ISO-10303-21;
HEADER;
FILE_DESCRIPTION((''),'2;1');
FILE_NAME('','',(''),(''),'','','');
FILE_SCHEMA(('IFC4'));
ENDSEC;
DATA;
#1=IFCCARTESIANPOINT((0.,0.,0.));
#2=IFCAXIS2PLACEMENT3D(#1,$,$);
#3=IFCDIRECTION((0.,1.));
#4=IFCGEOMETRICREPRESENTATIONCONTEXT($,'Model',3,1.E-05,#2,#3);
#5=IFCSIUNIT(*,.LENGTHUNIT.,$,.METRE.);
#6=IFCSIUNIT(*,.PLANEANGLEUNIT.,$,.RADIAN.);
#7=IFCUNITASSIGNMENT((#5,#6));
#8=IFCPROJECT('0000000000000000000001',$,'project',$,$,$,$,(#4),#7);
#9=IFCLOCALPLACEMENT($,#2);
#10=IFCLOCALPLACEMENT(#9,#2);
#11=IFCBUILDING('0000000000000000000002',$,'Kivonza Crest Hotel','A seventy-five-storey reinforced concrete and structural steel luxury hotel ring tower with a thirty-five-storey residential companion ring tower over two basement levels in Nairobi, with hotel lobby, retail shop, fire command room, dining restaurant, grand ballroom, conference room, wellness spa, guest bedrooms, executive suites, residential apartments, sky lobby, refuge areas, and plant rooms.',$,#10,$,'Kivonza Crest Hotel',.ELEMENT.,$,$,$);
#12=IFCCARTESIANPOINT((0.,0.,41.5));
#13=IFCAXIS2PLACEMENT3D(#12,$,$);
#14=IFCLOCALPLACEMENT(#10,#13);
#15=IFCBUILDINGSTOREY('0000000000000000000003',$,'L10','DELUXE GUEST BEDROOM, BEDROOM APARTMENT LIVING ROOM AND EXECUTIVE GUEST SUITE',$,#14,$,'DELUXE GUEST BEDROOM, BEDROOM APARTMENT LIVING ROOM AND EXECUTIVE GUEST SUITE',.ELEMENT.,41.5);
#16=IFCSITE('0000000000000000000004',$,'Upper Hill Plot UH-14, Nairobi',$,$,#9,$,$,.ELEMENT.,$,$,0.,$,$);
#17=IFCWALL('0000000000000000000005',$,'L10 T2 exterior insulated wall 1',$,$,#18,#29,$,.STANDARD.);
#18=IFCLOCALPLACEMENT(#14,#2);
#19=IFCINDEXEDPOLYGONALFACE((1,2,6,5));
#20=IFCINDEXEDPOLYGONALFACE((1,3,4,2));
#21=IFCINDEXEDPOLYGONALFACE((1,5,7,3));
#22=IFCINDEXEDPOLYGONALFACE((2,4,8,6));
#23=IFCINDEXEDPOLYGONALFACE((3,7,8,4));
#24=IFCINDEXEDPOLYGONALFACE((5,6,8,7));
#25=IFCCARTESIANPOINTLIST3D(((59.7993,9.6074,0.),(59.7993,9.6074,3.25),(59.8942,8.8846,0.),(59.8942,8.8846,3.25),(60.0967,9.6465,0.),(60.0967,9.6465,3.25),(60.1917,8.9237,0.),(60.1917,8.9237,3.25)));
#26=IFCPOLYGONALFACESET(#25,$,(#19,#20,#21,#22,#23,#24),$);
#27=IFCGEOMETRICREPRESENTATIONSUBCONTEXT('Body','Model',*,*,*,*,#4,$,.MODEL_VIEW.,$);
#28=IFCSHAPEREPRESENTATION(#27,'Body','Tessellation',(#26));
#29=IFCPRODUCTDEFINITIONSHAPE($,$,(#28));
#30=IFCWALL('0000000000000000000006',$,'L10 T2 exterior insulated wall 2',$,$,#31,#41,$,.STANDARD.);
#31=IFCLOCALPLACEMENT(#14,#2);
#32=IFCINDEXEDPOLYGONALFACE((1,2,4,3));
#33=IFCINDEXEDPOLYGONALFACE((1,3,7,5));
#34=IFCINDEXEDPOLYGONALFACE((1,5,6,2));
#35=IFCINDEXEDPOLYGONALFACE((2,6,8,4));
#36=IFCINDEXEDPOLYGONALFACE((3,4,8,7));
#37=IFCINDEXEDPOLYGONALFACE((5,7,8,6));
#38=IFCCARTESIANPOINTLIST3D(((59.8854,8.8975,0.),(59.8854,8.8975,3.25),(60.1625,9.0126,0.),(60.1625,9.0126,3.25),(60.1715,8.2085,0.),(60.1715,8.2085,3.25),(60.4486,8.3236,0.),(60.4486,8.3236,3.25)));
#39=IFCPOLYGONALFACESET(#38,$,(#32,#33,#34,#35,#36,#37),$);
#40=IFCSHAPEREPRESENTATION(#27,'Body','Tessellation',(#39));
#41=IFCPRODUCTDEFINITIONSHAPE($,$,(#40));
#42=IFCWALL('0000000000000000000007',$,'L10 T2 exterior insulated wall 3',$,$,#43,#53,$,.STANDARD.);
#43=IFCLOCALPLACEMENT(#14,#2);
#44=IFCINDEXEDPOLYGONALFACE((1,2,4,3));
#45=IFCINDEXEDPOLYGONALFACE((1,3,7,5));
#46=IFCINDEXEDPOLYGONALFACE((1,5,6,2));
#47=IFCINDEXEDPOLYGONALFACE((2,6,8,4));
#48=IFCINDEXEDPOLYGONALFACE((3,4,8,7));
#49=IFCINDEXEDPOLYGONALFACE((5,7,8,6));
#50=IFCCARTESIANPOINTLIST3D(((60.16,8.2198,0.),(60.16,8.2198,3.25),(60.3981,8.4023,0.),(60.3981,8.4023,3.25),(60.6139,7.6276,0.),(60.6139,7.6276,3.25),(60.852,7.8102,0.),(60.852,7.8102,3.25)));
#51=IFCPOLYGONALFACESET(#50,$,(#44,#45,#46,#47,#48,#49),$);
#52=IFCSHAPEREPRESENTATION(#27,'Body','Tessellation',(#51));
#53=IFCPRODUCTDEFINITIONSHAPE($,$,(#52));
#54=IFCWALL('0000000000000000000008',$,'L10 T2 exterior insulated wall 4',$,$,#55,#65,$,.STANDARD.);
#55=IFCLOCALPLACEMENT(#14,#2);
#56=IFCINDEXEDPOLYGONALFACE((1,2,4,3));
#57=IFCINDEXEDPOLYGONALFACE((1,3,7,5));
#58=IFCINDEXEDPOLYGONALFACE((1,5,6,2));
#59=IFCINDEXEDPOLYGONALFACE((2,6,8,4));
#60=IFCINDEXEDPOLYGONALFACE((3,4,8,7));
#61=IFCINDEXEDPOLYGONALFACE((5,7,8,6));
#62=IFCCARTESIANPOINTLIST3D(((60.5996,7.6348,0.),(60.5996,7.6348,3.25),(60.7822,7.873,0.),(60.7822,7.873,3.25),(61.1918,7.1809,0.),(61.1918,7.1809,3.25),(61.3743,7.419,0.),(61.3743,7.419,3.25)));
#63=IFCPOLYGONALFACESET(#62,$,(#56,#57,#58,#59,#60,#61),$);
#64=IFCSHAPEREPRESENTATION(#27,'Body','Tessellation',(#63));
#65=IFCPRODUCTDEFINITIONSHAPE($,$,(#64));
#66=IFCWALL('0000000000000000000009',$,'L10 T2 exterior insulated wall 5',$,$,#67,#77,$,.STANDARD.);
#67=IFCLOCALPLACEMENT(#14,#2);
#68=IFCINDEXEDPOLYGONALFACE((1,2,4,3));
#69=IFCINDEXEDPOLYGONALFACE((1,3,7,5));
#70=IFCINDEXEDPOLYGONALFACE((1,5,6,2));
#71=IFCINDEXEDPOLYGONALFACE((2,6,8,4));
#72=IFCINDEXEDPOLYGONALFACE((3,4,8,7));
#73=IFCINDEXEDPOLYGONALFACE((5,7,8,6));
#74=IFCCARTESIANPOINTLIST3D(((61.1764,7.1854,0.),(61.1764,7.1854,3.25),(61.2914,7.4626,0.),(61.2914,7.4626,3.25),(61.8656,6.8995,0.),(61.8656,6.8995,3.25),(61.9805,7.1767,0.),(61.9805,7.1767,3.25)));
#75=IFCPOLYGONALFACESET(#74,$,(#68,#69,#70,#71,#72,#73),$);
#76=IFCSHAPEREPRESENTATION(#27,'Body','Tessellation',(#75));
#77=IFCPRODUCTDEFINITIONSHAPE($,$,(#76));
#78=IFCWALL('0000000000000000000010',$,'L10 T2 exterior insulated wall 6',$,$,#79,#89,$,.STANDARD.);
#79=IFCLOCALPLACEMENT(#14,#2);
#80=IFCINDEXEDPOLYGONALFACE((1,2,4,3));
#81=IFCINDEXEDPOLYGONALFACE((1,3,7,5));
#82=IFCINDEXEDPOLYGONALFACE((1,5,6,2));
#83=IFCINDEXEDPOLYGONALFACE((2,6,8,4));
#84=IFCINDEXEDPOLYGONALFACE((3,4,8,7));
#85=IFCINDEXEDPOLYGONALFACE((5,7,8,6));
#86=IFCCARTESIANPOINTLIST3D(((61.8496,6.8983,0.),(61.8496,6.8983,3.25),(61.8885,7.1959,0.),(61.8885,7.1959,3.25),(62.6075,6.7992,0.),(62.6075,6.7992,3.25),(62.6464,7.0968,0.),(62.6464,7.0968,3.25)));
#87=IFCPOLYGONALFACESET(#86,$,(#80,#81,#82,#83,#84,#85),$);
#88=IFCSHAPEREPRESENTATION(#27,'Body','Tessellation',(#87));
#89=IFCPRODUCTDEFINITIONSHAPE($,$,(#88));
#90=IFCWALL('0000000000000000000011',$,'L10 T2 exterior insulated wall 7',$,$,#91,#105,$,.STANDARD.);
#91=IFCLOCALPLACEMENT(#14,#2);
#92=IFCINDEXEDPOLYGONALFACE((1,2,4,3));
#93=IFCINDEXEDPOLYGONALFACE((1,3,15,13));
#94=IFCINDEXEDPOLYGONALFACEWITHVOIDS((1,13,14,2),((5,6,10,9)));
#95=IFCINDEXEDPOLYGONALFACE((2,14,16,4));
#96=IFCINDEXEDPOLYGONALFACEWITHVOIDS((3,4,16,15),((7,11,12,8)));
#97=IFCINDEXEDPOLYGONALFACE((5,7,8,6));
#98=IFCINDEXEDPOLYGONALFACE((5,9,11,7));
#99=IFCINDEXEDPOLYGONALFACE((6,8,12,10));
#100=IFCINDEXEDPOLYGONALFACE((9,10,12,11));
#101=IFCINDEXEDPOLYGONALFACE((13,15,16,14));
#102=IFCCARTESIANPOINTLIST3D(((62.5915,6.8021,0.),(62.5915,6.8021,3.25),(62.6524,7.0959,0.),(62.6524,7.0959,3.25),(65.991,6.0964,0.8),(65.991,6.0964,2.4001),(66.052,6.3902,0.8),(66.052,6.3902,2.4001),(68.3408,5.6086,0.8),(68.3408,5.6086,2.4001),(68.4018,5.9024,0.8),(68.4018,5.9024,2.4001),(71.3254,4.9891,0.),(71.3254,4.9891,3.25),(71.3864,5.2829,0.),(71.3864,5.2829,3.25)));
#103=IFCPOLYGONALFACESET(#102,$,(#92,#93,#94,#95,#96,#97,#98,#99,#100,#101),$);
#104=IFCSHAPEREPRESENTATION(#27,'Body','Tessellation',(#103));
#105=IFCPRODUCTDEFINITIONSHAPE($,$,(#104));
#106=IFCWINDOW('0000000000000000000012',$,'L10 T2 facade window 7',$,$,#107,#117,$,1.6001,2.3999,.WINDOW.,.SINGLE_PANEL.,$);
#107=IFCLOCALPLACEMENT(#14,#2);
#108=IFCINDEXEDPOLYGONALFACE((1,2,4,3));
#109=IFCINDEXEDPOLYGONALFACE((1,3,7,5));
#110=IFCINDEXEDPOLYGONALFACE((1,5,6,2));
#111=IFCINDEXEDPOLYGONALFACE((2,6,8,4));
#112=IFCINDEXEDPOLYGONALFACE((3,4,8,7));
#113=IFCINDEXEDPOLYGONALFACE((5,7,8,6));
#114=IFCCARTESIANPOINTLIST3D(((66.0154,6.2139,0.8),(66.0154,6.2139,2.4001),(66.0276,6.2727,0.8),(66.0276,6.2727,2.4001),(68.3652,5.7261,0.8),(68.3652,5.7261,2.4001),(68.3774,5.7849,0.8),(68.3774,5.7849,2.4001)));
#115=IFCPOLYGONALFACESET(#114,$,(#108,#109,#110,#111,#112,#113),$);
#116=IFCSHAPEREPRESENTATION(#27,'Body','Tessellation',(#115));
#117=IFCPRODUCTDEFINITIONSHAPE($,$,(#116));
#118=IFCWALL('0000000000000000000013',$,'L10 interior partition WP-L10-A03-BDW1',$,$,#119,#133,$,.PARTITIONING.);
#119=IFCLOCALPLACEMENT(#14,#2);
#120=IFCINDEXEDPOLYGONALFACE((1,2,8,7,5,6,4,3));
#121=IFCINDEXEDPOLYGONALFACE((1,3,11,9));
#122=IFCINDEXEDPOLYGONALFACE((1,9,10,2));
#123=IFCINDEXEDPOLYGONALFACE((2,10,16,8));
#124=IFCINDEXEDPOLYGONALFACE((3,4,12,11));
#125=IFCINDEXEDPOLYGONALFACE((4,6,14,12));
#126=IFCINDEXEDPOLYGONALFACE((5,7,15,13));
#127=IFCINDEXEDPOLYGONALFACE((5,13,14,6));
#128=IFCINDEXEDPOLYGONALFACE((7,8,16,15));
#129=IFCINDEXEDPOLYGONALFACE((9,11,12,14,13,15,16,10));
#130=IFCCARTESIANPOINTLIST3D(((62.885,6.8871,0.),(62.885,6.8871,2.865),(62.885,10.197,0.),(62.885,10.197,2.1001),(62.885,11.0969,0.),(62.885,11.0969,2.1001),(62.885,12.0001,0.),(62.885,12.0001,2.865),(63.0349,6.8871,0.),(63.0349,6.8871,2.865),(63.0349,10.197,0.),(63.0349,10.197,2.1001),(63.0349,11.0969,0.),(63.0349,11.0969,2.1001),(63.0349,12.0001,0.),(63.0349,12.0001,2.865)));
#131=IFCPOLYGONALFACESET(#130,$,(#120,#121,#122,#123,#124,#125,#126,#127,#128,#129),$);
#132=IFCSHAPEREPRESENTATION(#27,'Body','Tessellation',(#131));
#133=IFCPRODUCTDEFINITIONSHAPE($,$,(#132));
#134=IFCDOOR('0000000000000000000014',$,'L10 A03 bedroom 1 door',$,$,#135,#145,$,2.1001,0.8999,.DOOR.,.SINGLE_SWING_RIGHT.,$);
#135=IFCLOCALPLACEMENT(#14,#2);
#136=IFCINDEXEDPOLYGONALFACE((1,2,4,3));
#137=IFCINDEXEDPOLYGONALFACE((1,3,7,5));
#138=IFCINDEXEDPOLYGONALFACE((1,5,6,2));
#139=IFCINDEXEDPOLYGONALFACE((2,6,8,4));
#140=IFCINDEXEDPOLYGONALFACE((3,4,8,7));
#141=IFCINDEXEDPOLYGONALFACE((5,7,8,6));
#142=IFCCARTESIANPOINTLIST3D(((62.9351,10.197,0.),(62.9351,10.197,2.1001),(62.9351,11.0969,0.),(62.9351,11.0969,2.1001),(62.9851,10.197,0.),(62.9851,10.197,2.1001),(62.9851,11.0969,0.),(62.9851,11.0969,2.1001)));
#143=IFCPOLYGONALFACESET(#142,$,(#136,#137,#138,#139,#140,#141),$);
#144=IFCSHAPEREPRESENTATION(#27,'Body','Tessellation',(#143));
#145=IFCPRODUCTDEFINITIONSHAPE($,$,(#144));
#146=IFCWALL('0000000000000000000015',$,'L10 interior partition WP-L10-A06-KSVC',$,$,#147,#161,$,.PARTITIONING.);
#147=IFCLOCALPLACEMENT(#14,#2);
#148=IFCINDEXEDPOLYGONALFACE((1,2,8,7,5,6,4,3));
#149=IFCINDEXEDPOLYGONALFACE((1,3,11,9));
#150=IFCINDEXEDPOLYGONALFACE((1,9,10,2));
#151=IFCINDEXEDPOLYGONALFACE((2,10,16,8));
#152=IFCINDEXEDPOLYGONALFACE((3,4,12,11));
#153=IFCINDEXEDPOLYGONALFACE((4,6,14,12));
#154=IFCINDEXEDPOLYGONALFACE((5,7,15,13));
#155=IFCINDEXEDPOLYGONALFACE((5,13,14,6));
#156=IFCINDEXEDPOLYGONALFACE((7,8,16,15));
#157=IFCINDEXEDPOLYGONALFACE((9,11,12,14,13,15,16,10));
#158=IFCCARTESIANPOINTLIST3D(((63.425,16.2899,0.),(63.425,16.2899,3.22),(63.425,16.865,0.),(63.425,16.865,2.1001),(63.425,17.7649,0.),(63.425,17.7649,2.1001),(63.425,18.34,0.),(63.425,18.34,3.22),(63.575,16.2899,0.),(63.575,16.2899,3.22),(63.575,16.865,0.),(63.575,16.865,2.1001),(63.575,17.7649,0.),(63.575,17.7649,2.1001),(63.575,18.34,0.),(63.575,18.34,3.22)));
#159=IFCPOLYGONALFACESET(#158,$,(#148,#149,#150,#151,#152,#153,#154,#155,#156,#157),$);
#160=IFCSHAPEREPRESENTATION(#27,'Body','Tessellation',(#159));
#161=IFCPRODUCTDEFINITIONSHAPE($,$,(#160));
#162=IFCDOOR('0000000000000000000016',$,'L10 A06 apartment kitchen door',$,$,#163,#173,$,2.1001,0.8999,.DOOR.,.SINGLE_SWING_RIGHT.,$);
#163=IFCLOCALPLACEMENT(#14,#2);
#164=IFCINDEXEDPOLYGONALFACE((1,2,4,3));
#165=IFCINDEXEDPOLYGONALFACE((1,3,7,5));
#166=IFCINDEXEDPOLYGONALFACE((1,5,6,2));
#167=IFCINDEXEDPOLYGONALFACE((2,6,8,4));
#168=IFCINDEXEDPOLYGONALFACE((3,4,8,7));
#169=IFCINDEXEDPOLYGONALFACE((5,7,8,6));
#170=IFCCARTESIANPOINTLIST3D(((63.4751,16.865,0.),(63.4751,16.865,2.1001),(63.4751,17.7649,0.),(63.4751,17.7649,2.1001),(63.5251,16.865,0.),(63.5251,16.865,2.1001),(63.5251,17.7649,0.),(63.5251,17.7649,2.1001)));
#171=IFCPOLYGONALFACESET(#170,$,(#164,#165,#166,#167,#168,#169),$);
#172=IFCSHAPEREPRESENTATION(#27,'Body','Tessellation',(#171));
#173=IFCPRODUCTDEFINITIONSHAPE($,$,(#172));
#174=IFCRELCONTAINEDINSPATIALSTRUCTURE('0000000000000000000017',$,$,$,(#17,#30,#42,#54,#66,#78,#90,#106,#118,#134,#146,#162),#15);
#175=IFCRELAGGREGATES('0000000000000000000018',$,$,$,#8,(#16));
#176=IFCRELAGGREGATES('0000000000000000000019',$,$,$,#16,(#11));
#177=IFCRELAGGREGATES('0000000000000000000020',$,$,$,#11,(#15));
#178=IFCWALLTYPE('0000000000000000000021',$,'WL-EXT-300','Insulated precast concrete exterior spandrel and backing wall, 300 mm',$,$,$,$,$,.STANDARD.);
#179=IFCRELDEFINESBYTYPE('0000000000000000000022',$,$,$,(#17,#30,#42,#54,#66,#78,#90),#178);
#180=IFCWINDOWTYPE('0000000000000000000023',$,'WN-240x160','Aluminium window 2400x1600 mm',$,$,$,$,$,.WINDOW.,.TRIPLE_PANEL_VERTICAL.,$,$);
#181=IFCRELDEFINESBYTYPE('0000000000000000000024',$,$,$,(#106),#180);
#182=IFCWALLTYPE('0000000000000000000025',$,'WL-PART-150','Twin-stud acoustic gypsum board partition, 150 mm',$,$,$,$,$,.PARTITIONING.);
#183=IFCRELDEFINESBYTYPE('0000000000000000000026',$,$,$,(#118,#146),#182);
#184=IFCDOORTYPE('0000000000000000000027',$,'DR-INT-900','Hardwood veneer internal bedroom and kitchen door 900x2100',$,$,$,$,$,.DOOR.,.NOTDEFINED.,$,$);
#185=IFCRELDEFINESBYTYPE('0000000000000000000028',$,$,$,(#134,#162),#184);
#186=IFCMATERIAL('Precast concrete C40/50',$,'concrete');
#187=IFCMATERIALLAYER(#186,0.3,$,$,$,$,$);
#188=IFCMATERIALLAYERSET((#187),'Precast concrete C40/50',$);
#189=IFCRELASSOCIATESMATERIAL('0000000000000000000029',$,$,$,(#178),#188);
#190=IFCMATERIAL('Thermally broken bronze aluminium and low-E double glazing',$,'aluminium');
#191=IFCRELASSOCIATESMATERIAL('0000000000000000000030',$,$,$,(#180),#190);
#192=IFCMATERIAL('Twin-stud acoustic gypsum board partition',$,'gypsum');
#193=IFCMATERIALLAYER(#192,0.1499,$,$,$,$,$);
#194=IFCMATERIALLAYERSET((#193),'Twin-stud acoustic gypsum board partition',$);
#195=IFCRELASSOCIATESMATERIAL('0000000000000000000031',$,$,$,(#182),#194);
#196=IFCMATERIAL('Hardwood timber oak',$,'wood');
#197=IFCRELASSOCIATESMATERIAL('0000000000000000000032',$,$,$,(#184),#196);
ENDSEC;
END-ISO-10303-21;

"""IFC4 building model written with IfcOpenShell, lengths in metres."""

from ifc_helpers import new_model, si_unit, direction, frame, frame_2d, origin, place, context, subcontext, project, spatial, rectangle, extrude, material, layer, layer_set, type_object, element, fill, save


model = new_model("IFC4")

# Units and contexts
model_context = context("Model", 3, precision=1e-05, world=origin(), true_north=direction((0.0, 1.0)))
body_context = subcontext(model_context, "Body", "Model", "MODEL_VIEW")
ifc_project = project(units=[si_unit("LENGTHUNIT", "METRE"), si_unit("PLANEANGLEUNIT", "RADIAN")], contexts=[model_context])

# Site, building, storey
site_placement = place(None, origin())
site = spatial("IfcSite", under=ifc_project, at=site_placement, Name="Upper Hill Plot UH-14, Nairobi", CompositionType="ELEMENT", RefElevation=0.0)
building_placement = place(site_placement, origin())
building = spatial("IfcBuilding", under=site, at=building_placement, Name="Kivonza Crest Hotel", Description="A seventy-five-storey reinforced concrete and structural steel luxury hotel ring tower with a thirty-five-storey residential companion ring tower over two basement levels in Nairobi, with hotel lobby, retail shop, fire command room, dining restaurant, grand ballroom, conference room, wellness spa, guest bedrooms, executive suites, residential apartments, sky lobby, refuge areas, and plant rooms.", LongName="Kivonza Crest Hotel", CompositionType="ELEMENT")
storey_placement = place(building_placement, frame((0.0, 0.0, 41.5)))
storey = spatial("IfcBuildingStorey", under=building, at=storey_placement, Name="L10", Description="DELUXE GUEST BEDROOM, BEDROOM APARTMENT LIVING ROOM AND EXECUTIVE GUEST SUITE", LongName="DELUXE GUEST BEDROOM, BEDROOM APARTMENT LIVING ROOM AND EXECUTIVE GUEST SUITE", CompositionType="ELEMENT", Elevation=41.5)

# Walls
ifc_material_1 = material(Name="Precast concrete C40/50", Category="concrete")
ifc_layer_1 = layer(ifc_material_1, 0.3)
ifc_layer_set_1 = layer_set([ifc_layer_1], Name="Precast concrete C40/50")
wall_type_1 = type_object("IfcWallType", Name="WL-EXT-300", Description="Insulated precast concrete exterior spandrel and backing wall, 300 mm", PredefinedType="STANDARD", material=ifc_layer_set_1)
wall_1_placement = place(storey_placement, frame((59.948, 9.627, 0.0), z_axis=(0.0, 0.0, 1.0), x_axis=(0.130255, -0.99148, 0.0)))
element("IfcWall", 1, at=wall_1_placement, inside=storey, type_object=wall_type_1, Name="L10 T2 exterior insulated wall 1", PredefinedType="STANDARD", context=body_context, shape_type="SweptSolid", body=[
    extrude(rectangle(XDim=0.729, YDim=0.3, at=frame_2d((0.3645, 0.0))), origin(), (0.0, 0.0, 1.0), 3.25),
])
for number, where, z_axis, x_axis, name in (
    (2, (60.0239, 8.9551, 0.0), (0.0, 0.0, 1.0), (0.383546, -0.923522, 0.0), "L10 T2 exterior insulated wall 2"),
    (3, (60.2791, 8.311, 0.0), (0.0, 0.0, 1.0), (0.608397, -0.793633, 0.0), "L10 T2 exterior insulated wall 3"),
    (4, (60.6909, 7.7539, 0.0), (0.0, 0.0, 1.0), (0.793633, -0.608397, 0.0), "L10 T2 exterior insulated wall 4"),
    (5, (61.2339, 7.324, 0.0), (0.0, 0.0, 1.0), (0.923686, -0.383151, 0.0), "L10 T2 exterior insulated wall 5"),
):
    element("IfcWall", number, at=place(storey_placement, frame(where, z_axis=z_axis, x_axis=x_axis)), inside=storey, type_object=wall_type_1, Name=name, PredefinedType="STANDARD", context=body_context, shape_type="SweptSolid", body=[
        extrude(rectangle(XDim=0.7461, YDim=0.3, at=frame_2d((0.373, 0.0))), origin(), (0.0, 0.0, 1.0), 3.25),
    ])
wall_2_placement = place(storey_placement, frame((61.8689, 7.0471, 0.0), z_axis=(0.0, 0.0, 1.0), x_axis=(0.991559, -0.129653, 0.0)))
element("IfcWall", 6, at=wall_2_placement, inside=storey, type_object=wall_type_1, Name="L10 T2 exterior insulated wall 6", PredefinedType="STANDARD", context=body_context, shape_type="SweptSolid", body=[
    extrude(rectangle(XDim=0.7644, YDim=0.3, at=frame_2d((0.3823, 0.0))), origin(), (0.0, 0.0, 1.0), 3.25),
])

# Wall, opening, window
wall_3_placement = place(storey_placement, frame((62.6221, 6.949, 0.0), z_axis=(0.0, 0.0, 1.0), x_axis=(0.979127, -0.203248, 0.0)))
wall_3 = element("IfcWall", 7, at=wall_3_placement, inside=storey, type_object=wall_type_1, Name="L10 T2 exterior insulated wall 7", PredefinedType="STANDARD", context=body_context, shape_type="SweptSolid", body=[
    extrude(rectangle(XDim=8.9202, YDim=0.3, at=frame_2d((4.46, 0.0))), origin(), (0.0, 0.0, 1.0), 3.25),
])
opening_1_placement = place(wall_3_placement, frame((3.4719, 0.0, 0.8)))
opening_1 = element("IfcOpeningElement", 8, at=opening_1_placement, cuts=wall_3, PredefinedType="OPENING", context=body_context, shape_type="SweptSolid", body=[
    extrude(rectangle(XDim=2.3999, YDim=1.6001, at=frame_2d((1.2, 0.8))), frame((0.0, 0.1602, 0.0), z_axis=(0.0, -1.0, 0.0), x_axis=(1.0, 0.0, 0.0)), (0.0, 0.0, 1.0), 0.3201),
])
ifc_material_2 = material(Name="Thermally broken bronze aluminium and low-E double glazing", Category="aluminium")
window_type = type_object("IfcWindowType", Name="WN-240x160", Description="Aluminium window 2400x1600 mm", PartitioningType="TRIPLE_PANEL_VERTICAL", PredefinedType="WINDOW", material=ifc_material_2)
window_placement = place(opening_1_placement, origin())
window = element("IfcWindow", 9, at=window_placement, inside=storey, type_object=window_type, Name="L10 T2 facade window 7", OverallHeight=1.6001, OverallWidth=2.3999, PartitioningType="SINGLE_PANEL", PredefinedType="WINDOW", context=body_context, shape_type="SweptSolid", body=[
    extrude(rectangle(XDim=2.3999, YDim=1.6001, at=frame_2d((1.2, 0.8))), frame((0.0, 0.03, 0.0), z_axis=(0.0, -1.0, 0.0), x_axis=(1.0, 0.0, 0.0)), (0.0, 0.0, 1.0), 0.0601),
])
fill(opening_1, window)

# Walls, openings, doors
ifc_material_3 = material(Name="Twin-stud acoustic gypsum board partition", Category="gypsum")
ifc_layer_2 = layer(ifc_material_3, 0.1499)
ifc_layer_set_2 = layer_set([ifc_layer_2], Name="Twin-stud acoustic gypsum board partition")
wall_type_2 = type_object("IfcWallType", Name="WL-PART-150", Description="Twin-stud acoustic gypsum board partition, 150 mm", PredefinedType="PARTITIONING", material=ifc_layer_set_2)
wall_4_placement = place(storey_placement, frame((62.96, 6.887, 0.0), z_axis=(0.0, 0.0, 1.0), x_axis=(0.0, 1.0, 0.0)))
wall_4 = element("IfcWall", 10, at=wall_4_placement, inside=storey, type_object=wall_type_2, Name="L10 interior partition WP-L10-A03-BDW1", PredefinedType="PARTITIONING", context=body_context, shape_type="SweptSolid", body=[
    extrude(rectangle(XDim=5.113, YDim=0.1499, at=frame_2d((2.5566, 0.0))), origin(), (0.0, 0.0, 1.0), 2.865),
])
opening_2_placement = place(wall_4_placement, frame((3.3101, 0.0, 0.0)))
opening_2 = element("IfcOpeningElement", 11, at=opening_2_placement, cuts=wall_4, PredefinedType="OPENING", context=body_context, shape_type="SweptSolid", body=[
    extrude(rectangle(XDim=0.8999, YDim=2.1001, at=frame_2d((0.45, 1.05))), frame((0.0, 0.085, 0.0), z_axis=(0.0, -1.0, 0.0), x_axis=(1.0, 0.0, 0.0)), (0.0, 0.0, 1.0), 0.1699),
])
ifc_material_4 = material(Name="Hardwood timber oak", Category="wood")
door_type_1 = type_object("IfcDoorType", Name="DR-INT-900", Description="Hardwood veneer internal bedroom and kitchen door 900x2100", OperationType="NOTDEFINED", PredefinedType="DOOR", material=ifc_material_4)
door_1_placement = place(opening_2_placement, origin())
door_1 = element("IfcDoor", 12, at=door_1_placement, inside=storey, type_object=door_type_1, Name="L10 A03 bedroom 1 door", OperationType="SINGLE_SWING_RIGHT", OverallHeight=2.1001, OverallWidth=0.8999, PredefinedType="DOOR", context=body_context, shape_type="SweptSolid", body=[
    extrude(rectangle(XDim=0.8999, YDim=2.1001, at=frame_2d((0.45, 1.05))), frame((0.0, 0.0249, 0.0), z_axis=(0.0, -1.0, 0.0), x_axis=(1.0, 0.0, 0.0)), (0.0, 0.0, 1.0), 0.05),
])
fill(opening_2, door_1)
wall_5_placement = place(storey_placement, frame((63.5, 16.29, 0.0), z_axis=(0.0, 0.0, 1.0), x_axis=(0.0, 1.0, 0.0)))
wall_5 = element("IfcWall", 13, at=wall_5_placement, inside=storey, type_object=wall_type_2, Name="L10 interior partition WP-L10-A06-KSVC", PredefinedType="PARTITIONING", context=body_context, shape_type="SweptSolid", body=[
    extrude(rectangle(XDim=2.05, YDim=0.1499, at=frame_2d((1.0249, 0.0))), origin(), (0.0, 0.0, 1.0), 3.22),
])
opening_3_placement = place(wall_5_placement, frame((0.575, 0.0, 0.0)))
opening_3 = element("IfcOpeningElement", 14, at=opening_3_placement, cuts=wall_5, PredefinedType="OPENING", context=body_context, shape_type="SweptSolid", body=[
    extrude(rectangle(XDim=0.8999, YDim=2.1001, at=frame_2d((0.45, 1.05))), frame((0.0, 0.085, 0.0), z_axis=(0.0, -1.0, 0.0), x_axis=(1.0, 0.0, 0.0)), (0.0, 0.0, 1.0), 0.1699),
])
door_2_placement = place(opening_3_placement, origin())
door_2 = element("IfcDoor", 15, at=door_2_placement, inside=storey, type_object=door_type_1, Name="L10 A06 apartment kitchen door", OperationType="SINGLE_SWING_RIGHT", OverallHeight=2.1001, OverallWidth=0.8999, PredefinedType="DOOR", context=body_context, shape_type="SweptSolid", body=[
    extrude(rectangle(XDim=0.8999, YDim=2.1001, at=frame_2d((0.45, 1.05))), frame((0.0, 0.0249, 0.0), z_axis=(0.0, -1.0, 0.0), x_axis=(1.0, 0.0, 0.0)), (0.0, 0.0, 1.0), 0.05),
])
fill(opening_3, door_2)

save(model, "model.ifc")
